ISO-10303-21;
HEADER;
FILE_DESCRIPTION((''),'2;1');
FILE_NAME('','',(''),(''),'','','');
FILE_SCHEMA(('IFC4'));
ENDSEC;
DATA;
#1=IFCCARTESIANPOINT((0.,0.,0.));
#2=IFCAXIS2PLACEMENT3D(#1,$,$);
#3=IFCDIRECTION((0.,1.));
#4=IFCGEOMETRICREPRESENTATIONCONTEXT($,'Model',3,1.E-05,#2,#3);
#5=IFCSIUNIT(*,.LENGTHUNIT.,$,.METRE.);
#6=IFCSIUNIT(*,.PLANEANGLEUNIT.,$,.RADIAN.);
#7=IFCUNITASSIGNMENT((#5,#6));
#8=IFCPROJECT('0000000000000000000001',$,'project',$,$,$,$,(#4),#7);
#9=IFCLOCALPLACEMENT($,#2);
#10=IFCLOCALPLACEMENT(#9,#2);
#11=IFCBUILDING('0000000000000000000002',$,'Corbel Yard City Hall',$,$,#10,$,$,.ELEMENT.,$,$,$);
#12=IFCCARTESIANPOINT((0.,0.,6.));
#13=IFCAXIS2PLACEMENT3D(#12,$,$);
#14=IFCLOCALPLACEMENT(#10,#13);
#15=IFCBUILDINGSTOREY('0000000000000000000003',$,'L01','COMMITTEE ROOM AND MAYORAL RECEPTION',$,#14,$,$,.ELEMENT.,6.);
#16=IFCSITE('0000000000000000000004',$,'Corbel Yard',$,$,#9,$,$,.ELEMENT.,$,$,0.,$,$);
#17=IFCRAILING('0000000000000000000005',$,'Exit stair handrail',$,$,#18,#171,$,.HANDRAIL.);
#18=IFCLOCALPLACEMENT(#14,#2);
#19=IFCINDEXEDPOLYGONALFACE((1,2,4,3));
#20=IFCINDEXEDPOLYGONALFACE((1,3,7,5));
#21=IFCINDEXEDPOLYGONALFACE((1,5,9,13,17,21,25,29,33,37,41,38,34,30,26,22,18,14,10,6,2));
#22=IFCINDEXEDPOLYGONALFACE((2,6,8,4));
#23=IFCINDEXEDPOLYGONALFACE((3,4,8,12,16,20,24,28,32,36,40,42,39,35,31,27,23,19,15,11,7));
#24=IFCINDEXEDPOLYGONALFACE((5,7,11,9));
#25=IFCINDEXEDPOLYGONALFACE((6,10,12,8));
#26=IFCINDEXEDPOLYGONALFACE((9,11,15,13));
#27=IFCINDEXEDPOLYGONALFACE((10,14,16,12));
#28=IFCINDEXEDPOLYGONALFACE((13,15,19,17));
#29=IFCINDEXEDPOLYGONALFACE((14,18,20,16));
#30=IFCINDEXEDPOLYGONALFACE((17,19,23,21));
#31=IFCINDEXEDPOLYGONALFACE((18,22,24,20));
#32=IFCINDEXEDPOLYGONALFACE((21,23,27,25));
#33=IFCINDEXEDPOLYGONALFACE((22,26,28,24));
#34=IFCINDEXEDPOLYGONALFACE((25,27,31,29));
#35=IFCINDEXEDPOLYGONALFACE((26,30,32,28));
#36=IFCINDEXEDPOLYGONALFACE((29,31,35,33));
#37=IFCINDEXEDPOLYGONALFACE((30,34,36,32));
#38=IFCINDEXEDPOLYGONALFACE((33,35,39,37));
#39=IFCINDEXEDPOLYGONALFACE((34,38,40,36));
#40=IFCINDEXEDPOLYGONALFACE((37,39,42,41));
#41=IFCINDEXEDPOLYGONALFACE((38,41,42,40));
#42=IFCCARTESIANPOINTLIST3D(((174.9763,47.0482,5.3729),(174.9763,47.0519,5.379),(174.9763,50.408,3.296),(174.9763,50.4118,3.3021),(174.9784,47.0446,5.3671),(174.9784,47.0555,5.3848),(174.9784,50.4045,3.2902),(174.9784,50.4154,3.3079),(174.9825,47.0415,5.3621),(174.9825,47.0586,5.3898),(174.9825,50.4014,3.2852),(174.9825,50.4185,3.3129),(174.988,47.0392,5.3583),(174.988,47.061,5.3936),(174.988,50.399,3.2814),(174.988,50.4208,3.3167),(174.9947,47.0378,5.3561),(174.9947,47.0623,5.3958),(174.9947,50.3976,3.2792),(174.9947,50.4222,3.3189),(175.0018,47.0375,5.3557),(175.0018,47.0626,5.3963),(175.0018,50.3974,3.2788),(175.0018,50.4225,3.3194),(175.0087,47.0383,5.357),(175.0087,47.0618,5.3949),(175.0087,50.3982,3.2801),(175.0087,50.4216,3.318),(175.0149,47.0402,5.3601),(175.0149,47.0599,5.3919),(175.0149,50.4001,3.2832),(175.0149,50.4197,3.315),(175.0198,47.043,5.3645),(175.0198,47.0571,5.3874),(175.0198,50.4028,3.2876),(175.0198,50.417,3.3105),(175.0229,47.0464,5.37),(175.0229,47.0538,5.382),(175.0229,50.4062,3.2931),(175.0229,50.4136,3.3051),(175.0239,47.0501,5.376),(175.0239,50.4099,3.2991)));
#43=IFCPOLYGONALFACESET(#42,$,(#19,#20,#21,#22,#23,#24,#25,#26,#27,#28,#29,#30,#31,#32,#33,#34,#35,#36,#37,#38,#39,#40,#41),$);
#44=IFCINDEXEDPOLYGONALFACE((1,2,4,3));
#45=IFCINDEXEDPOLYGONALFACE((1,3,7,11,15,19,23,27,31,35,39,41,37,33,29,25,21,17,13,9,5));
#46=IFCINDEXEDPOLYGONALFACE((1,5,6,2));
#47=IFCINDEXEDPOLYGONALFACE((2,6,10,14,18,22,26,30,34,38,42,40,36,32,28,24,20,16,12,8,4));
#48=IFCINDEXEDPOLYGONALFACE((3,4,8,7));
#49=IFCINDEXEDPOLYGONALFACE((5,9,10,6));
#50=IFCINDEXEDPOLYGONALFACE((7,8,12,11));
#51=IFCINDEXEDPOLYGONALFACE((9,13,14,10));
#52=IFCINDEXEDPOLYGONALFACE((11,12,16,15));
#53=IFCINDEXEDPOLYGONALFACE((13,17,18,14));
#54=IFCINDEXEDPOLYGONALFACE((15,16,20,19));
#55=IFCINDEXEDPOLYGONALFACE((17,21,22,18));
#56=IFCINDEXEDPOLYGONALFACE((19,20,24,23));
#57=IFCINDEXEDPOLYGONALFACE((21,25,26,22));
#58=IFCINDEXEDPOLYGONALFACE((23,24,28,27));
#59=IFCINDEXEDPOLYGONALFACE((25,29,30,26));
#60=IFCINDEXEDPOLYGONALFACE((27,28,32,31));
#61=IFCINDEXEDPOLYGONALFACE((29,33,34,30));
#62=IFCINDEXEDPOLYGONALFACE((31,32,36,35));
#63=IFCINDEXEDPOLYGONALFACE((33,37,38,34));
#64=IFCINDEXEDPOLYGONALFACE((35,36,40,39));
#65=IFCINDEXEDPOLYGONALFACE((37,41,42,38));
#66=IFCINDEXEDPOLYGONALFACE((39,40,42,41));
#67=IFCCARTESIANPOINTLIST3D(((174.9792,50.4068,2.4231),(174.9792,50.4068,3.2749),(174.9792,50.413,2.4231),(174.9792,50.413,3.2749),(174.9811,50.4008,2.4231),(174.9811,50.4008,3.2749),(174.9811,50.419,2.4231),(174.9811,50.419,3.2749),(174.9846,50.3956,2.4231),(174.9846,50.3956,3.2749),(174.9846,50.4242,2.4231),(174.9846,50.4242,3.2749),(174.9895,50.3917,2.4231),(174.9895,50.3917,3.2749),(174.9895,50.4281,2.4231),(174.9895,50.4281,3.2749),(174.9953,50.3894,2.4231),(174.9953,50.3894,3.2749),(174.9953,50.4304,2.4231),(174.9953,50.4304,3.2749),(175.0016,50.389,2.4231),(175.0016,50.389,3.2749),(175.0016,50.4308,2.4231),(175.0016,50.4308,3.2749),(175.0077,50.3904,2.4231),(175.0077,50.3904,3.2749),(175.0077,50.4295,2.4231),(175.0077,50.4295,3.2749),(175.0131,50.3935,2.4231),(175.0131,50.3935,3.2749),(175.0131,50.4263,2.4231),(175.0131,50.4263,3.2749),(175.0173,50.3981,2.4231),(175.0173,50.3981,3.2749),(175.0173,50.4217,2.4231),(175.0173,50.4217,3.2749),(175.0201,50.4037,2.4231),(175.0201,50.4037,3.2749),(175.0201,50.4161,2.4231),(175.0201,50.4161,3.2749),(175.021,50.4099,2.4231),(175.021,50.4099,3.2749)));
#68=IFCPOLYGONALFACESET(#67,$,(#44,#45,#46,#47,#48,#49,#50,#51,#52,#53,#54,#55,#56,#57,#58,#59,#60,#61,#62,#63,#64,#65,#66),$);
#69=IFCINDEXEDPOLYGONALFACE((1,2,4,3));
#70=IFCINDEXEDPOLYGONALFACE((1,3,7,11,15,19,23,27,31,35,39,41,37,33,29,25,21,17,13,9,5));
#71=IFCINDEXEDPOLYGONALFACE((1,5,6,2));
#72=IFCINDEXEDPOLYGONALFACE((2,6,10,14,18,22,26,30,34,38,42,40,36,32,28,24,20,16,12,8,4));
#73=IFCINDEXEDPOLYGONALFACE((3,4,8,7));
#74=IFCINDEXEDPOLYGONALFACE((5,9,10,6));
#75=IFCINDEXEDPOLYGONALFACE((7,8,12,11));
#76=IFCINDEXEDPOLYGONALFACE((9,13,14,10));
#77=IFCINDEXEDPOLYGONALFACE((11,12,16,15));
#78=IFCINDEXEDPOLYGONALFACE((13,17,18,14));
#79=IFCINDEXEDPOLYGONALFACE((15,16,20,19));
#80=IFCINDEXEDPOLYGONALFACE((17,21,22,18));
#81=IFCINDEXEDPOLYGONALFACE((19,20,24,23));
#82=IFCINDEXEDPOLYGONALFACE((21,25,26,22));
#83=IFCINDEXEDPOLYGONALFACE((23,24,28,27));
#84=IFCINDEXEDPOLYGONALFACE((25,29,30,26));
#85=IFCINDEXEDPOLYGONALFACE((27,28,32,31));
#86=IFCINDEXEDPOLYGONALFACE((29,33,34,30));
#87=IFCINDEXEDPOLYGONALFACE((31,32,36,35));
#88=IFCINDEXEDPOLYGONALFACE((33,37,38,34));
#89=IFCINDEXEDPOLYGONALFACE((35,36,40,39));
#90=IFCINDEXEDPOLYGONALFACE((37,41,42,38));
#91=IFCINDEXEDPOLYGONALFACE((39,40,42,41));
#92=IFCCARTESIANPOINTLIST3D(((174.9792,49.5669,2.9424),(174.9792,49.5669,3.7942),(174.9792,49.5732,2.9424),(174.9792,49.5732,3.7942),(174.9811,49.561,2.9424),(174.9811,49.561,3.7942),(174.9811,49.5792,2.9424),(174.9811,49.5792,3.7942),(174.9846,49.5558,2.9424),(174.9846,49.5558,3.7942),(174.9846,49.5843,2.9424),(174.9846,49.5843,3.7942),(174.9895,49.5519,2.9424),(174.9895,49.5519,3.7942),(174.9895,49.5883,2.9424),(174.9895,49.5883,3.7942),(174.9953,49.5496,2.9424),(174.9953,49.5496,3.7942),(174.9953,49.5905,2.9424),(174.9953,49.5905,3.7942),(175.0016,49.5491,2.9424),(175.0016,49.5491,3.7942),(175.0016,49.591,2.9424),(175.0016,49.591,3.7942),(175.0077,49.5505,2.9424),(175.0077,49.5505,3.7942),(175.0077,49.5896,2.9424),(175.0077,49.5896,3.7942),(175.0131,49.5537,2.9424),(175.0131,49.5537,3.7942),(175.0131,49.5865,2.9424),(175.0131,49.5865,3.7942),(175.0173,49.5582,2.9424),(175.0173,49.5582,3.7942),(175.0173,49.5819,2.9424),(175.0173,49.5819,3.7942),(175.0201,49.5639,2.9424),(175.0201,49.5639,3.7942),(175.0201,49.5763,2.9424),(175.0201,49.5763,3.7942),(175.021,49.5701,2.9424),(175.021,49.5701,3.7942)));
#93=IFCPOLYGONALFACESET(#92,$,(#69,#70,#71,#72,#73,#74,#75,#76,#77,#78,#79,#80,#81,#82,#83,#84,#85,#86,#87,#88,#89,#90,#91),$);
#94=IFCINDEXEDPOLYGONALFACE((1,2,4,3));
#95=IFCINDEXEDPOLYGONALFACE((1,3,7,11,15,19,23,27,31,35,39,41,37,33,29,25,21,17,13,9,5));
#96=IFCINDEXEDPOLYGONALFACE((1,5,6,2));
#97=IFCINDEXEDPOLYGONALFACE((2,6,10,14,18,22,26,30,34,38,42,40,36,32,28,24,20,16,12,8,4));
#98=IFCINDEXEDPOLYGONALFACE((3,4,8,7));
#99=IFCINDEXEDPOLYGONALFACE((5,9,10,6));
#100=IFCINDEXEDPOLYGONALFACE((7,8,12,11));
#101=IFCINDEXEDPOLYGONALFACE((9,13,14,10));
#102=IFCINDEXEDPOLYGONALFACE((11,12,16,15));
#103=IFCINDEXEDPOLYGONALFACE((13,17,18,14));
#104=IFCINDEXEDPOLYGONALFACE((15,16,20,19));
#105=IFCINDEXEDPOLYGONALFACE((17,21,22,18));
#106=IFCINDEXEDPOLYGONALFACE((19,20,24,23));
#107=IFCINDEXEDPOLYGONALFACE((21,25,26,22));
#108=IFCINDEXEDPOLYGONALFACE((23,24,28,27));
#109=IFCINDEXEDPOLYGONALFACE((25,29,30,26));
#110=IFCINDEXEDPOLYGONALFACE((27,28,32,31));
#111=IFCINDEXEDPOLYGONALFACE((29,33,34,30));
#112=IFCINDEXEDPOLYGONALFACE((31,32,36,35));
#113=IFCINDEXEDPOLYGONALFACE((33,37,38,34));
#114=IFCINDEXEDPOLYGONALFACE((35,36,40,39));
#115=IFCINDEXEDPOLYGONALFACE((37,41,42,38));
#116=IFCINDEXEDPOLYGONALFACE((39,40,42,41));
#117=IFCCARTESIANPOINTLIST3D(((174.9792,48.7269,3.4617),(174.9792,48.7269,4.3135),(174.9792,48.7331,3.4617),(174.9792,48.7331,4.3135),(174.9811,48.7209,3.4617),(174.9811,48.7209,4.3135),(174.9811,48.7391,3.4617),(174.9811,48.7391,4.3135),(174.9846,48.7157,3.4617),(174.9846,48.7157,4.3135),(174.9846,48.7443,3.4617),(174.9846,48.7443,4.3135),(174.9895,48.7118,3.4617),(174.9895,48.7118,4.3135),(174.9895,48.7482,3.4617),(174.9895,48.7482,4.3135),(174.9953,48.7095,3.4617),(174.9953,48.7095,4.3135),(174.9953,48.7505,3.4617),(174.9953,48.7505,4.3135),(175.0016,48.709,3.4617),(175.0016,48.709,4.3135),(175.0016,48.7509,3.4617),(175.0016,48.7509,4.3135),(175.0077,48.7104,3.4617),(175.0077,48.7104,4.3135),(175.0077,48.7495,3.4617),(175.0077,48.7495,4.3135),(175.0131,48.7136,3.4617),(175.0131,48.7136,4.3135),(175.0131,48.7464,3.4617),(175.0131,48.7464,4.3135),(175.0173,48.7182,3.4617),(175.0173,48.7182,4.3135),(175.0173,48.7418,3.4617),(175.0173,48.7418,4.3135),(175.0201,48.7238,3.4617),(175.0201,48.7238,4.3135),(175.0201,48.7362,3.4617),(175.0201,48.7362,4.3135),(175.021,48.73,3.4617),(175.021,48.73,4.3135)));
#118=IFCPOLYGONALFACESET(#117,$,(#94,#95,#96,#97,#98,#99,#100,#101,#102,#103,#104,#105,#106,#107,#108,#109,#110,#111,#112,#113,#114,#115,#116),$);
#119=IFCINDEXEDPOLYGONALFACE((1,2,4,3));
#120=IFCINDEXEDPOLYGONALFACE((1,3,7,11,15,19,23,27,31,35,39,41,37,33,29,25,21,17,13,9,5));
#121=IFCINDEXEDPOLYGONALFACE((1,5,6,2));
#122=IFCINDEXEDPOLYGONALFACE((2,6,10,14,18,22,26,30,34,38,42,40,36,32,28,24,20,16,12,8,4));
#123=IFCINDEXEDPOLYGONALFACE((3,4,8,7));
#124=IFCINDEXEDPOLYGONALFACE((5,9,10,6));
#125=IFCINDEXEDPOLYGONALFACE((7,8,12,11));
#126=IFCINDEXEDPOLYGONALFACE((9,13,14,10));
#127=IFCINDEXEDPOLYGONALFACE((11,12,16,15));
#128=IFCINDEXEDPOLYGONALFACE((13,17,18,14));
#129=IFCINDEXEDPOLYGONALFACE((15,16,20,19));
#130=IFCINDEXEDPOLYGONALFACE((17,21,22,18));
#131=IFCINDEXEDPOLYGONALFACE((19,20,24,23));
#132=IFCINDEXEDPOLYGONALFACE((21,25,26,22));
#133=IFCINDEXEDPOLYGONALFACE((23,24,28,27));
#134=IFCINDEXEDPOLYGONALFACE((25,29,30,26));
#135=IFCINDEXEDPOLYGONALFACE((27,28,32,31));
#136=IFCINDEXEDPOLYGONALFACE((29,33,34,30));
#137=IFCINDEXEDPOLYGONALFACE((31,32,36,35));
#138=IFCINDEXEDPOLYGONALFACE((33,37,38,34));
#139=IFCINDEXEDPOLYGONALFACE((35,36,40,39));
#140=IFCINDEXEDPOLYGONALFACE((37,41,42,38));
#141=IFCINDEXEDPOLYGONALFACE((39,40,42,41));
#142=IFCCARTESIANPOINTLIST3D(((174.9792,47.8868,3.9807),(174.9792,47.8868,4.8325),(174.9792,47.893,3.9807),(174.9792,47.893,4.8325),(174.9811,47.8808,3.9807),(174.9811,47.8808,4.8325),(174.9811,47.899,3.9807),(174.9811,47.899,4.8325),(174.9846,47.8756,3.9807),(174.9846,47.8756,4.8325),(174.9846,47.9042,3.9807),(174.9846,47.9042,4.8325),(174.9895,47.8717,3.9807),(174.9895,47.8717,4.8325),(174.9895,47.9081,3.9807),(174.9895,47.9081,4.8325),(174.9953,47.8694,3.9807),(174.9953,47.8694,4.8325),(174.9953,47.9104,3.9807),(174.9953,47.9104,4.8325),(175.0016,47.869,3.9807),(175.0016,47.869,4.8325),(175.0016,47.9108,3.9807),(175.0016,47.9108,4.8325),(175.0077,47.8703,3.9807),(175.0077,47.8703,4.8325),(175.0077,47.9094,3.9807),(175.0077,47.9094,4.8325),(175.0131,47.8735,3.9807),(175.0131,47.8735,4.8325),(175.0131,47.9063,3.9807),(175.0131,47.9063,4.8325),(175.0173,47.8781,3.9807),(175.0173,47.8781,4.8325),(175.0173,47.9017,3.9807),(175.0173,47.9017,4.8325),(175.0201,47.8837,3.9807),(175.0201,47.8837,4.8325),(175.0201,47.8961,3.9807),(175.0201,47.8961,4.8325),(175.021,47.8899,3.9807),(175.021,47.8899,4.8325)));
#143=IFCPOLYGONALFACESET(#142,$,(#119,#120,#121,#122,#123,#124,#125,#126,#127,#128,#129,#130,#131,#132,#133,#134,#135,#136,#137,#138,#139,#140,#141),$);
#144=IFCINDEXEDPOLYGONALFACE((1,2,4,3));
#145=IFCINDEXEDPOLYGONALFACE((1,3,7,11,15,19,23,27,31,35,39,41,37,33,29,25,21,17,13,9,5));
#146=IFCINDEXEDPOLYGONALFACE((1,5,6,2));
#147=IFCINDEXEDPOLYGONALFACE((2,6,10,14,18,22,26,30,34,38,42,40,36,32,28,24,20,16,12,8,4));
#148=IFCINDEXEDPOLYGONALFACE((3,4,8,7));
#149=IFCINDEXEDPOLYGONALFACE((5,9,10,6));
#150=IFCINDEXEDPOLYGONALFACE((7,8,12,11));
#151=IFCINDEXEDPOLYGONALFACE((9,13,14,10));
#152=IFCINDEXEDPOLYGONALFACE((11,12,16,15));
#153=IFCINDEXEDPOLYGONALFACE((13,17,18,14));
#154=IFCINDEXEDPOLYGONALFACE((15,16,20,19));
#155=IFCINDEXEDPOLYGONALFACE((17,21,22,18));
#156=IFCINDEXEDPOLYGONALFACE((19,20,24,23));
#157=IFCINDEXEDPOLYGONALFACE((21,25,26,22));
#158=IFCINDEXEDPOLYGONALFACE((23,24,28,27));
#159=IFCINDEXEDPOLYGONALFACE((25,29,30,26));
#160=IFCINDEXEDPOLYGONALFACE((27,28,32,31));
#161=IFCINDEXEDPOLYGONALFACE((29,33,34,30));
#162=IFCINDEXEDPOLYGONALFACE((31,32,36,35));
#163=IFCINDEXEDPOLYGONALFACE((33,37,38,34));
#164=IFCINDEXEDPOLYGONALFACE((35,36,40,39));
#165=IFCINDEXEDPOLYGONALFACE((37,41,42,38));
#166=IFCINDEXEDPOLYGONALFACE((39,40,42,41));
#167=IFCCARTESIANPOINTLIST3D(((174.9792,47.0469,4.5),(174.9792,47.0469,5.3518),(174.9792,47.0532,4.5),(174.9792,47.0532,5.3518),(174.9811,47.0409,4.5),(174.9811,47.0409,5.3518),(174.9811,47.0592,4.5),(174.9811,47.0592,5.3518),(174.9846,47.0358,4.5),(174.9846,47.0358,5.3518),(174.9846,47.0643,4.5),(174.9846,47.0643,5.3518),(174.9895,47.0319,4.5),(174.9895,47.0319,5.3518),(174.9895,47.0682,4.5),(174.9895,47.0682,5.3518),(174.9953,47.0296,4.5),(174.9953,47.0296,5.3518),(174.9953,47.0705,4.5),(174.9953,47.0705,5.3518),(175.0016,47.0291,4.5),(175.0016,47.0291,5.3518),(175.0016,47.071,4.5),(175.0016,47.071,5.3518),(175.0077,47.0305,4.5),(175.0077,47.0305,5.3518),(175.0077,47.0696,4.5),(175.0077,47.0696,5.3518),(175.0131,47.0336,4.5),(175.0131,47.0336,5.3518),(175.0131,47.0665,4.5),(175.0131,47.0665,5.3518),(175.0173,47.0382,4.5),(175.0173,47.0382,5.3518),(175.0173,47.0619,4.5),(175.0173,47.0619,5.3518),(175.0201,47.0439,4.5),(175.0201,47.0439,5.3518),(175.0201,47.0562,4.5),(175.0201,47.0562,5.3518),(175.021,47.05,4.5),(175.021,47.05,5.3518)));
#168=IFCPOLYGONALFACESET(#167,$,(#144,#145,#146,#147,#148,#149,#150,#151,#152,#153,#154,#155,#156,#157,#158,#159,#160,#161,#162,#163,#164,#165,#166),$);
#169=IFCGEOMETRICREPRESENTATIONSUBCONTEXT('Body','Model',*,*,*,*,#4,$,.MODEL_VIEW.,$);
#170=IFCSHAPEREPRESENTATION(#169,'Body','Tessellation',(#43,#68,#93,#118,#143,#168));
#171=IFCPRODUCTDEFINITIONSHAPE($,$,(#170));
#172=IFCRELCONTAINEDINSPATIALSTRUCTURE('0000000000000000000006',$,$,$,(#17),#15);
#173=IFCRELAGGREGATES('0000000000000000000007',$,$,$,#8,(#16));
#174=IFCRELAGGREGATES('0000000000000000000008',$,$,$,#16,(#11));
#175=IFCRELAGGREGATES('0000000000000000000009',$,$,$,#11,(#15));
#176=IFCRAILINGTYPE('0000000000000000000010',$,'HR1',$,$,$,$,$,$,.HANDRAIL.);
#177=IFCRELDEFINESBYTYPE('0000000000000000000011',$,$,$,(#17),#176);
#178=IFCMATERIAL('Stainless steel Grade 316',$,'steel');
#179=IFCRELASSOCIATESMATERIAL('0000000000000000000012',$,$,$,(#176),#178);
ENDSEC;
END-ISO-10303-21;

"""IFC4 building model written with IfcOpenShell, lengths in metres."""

from ifc_helpers import new_model, si_unit, direction, frame, origin, origin_2d, place, context, subcontext, project, spatial, circle, extrude, material, type_object, element, save


model = new_model("IFC4")

# Units and contexts
model_context = context("Model", 3, precision=1e-05, world=origin(), true_north=direction((0.0, 1.0)))
body_context = subcontext(model_context, "Body", "Model", "MODEL_VIEW")
ifc_project = project(units=[si_unit("LENGTHUNIT", "METRE"), si_unit("PLANEANGLEUNIT", "RADIAN")], contexts=[model_context])

# Site, building, storey
site_placement = place(None, origin())
site = spatial("IfcSite", under=ifc_project, at=site_placement, Name="Corbel Yard", CompositionType="ELEMENT", RefElevation=0.0)
building_placement = place(site_placement, origin())
building = spatial("IfcBuilding", under=site, at=building_placement, Name="Corbel Yard City Hall", CompositionType="ELEMENT")
storey_placement = place(building_placement, frame((0.0, 0.0, 6.0)))
storey = spatial("IfcBuildingStorey", under=building, at=storey_placement, Name="L01", Description="COMMITTEE ROOM AND MAYORAL RECEPTION", CompositionType="ELEMENT", Elevation=6.0)

# Railing
ifc_material_1 = material(Name="Stainless steel Grade 316", Category="steel")
railing_type = type_object("IfcRailingType", Name="HR1", PredefinedType="HANDRAIL", material=ifc_material_1)
for number, where, name in (
    (1, (175.0, 50.4099, 2.4231), "Exit stair handrail"),
):
    element("IfcRailing", number, at=place(storey_placement, frame(where)), inside=storey, type_object=railing_type, Name=name, PredefinedType="HANDRAIL", context=body_context, shape_type="SweptSolid", body=[
        extrude(circle(Radius=0.0239, at=origin_2d()), frame((0.0, 0.0, 0.876), z_axis=(0.0, -0.850606, 0.525803), x_axis=(1.0, 0.0, 0.0)), (0.0, 0.0, 1.0), 3.95),
        extrude(circle(Radius=0.021, at=origin_2d()), origin(), (0.0, 0.0, 1.0), 0.8518),
        extrude(circle(Radius=0.021, at=origin_2d()), frame((0.0, -0.8398, 0.5193)), (0.0, 0.0, 1.0), 0.8518),
        extrude(circle(Radius=0.021, at=origin_2d()), frame((0.0, -1.6799, 1.0386)), (0.0, 0.0, 1.0), 0.8518),
        extrude(circle(Radius=0.021, at=origin_2d()), frame((0.0, -2.52, 1.5576)), (0.0, 0.0, 1.0), 0.8518),
        extrude(circle(Radius=0.021, at=origin_2d()), frame((0.0, -3.3599, 2.0769)), (0.0, 0.0, 1.0), 0.8518),
    ])

save(model, "model.ifc")
